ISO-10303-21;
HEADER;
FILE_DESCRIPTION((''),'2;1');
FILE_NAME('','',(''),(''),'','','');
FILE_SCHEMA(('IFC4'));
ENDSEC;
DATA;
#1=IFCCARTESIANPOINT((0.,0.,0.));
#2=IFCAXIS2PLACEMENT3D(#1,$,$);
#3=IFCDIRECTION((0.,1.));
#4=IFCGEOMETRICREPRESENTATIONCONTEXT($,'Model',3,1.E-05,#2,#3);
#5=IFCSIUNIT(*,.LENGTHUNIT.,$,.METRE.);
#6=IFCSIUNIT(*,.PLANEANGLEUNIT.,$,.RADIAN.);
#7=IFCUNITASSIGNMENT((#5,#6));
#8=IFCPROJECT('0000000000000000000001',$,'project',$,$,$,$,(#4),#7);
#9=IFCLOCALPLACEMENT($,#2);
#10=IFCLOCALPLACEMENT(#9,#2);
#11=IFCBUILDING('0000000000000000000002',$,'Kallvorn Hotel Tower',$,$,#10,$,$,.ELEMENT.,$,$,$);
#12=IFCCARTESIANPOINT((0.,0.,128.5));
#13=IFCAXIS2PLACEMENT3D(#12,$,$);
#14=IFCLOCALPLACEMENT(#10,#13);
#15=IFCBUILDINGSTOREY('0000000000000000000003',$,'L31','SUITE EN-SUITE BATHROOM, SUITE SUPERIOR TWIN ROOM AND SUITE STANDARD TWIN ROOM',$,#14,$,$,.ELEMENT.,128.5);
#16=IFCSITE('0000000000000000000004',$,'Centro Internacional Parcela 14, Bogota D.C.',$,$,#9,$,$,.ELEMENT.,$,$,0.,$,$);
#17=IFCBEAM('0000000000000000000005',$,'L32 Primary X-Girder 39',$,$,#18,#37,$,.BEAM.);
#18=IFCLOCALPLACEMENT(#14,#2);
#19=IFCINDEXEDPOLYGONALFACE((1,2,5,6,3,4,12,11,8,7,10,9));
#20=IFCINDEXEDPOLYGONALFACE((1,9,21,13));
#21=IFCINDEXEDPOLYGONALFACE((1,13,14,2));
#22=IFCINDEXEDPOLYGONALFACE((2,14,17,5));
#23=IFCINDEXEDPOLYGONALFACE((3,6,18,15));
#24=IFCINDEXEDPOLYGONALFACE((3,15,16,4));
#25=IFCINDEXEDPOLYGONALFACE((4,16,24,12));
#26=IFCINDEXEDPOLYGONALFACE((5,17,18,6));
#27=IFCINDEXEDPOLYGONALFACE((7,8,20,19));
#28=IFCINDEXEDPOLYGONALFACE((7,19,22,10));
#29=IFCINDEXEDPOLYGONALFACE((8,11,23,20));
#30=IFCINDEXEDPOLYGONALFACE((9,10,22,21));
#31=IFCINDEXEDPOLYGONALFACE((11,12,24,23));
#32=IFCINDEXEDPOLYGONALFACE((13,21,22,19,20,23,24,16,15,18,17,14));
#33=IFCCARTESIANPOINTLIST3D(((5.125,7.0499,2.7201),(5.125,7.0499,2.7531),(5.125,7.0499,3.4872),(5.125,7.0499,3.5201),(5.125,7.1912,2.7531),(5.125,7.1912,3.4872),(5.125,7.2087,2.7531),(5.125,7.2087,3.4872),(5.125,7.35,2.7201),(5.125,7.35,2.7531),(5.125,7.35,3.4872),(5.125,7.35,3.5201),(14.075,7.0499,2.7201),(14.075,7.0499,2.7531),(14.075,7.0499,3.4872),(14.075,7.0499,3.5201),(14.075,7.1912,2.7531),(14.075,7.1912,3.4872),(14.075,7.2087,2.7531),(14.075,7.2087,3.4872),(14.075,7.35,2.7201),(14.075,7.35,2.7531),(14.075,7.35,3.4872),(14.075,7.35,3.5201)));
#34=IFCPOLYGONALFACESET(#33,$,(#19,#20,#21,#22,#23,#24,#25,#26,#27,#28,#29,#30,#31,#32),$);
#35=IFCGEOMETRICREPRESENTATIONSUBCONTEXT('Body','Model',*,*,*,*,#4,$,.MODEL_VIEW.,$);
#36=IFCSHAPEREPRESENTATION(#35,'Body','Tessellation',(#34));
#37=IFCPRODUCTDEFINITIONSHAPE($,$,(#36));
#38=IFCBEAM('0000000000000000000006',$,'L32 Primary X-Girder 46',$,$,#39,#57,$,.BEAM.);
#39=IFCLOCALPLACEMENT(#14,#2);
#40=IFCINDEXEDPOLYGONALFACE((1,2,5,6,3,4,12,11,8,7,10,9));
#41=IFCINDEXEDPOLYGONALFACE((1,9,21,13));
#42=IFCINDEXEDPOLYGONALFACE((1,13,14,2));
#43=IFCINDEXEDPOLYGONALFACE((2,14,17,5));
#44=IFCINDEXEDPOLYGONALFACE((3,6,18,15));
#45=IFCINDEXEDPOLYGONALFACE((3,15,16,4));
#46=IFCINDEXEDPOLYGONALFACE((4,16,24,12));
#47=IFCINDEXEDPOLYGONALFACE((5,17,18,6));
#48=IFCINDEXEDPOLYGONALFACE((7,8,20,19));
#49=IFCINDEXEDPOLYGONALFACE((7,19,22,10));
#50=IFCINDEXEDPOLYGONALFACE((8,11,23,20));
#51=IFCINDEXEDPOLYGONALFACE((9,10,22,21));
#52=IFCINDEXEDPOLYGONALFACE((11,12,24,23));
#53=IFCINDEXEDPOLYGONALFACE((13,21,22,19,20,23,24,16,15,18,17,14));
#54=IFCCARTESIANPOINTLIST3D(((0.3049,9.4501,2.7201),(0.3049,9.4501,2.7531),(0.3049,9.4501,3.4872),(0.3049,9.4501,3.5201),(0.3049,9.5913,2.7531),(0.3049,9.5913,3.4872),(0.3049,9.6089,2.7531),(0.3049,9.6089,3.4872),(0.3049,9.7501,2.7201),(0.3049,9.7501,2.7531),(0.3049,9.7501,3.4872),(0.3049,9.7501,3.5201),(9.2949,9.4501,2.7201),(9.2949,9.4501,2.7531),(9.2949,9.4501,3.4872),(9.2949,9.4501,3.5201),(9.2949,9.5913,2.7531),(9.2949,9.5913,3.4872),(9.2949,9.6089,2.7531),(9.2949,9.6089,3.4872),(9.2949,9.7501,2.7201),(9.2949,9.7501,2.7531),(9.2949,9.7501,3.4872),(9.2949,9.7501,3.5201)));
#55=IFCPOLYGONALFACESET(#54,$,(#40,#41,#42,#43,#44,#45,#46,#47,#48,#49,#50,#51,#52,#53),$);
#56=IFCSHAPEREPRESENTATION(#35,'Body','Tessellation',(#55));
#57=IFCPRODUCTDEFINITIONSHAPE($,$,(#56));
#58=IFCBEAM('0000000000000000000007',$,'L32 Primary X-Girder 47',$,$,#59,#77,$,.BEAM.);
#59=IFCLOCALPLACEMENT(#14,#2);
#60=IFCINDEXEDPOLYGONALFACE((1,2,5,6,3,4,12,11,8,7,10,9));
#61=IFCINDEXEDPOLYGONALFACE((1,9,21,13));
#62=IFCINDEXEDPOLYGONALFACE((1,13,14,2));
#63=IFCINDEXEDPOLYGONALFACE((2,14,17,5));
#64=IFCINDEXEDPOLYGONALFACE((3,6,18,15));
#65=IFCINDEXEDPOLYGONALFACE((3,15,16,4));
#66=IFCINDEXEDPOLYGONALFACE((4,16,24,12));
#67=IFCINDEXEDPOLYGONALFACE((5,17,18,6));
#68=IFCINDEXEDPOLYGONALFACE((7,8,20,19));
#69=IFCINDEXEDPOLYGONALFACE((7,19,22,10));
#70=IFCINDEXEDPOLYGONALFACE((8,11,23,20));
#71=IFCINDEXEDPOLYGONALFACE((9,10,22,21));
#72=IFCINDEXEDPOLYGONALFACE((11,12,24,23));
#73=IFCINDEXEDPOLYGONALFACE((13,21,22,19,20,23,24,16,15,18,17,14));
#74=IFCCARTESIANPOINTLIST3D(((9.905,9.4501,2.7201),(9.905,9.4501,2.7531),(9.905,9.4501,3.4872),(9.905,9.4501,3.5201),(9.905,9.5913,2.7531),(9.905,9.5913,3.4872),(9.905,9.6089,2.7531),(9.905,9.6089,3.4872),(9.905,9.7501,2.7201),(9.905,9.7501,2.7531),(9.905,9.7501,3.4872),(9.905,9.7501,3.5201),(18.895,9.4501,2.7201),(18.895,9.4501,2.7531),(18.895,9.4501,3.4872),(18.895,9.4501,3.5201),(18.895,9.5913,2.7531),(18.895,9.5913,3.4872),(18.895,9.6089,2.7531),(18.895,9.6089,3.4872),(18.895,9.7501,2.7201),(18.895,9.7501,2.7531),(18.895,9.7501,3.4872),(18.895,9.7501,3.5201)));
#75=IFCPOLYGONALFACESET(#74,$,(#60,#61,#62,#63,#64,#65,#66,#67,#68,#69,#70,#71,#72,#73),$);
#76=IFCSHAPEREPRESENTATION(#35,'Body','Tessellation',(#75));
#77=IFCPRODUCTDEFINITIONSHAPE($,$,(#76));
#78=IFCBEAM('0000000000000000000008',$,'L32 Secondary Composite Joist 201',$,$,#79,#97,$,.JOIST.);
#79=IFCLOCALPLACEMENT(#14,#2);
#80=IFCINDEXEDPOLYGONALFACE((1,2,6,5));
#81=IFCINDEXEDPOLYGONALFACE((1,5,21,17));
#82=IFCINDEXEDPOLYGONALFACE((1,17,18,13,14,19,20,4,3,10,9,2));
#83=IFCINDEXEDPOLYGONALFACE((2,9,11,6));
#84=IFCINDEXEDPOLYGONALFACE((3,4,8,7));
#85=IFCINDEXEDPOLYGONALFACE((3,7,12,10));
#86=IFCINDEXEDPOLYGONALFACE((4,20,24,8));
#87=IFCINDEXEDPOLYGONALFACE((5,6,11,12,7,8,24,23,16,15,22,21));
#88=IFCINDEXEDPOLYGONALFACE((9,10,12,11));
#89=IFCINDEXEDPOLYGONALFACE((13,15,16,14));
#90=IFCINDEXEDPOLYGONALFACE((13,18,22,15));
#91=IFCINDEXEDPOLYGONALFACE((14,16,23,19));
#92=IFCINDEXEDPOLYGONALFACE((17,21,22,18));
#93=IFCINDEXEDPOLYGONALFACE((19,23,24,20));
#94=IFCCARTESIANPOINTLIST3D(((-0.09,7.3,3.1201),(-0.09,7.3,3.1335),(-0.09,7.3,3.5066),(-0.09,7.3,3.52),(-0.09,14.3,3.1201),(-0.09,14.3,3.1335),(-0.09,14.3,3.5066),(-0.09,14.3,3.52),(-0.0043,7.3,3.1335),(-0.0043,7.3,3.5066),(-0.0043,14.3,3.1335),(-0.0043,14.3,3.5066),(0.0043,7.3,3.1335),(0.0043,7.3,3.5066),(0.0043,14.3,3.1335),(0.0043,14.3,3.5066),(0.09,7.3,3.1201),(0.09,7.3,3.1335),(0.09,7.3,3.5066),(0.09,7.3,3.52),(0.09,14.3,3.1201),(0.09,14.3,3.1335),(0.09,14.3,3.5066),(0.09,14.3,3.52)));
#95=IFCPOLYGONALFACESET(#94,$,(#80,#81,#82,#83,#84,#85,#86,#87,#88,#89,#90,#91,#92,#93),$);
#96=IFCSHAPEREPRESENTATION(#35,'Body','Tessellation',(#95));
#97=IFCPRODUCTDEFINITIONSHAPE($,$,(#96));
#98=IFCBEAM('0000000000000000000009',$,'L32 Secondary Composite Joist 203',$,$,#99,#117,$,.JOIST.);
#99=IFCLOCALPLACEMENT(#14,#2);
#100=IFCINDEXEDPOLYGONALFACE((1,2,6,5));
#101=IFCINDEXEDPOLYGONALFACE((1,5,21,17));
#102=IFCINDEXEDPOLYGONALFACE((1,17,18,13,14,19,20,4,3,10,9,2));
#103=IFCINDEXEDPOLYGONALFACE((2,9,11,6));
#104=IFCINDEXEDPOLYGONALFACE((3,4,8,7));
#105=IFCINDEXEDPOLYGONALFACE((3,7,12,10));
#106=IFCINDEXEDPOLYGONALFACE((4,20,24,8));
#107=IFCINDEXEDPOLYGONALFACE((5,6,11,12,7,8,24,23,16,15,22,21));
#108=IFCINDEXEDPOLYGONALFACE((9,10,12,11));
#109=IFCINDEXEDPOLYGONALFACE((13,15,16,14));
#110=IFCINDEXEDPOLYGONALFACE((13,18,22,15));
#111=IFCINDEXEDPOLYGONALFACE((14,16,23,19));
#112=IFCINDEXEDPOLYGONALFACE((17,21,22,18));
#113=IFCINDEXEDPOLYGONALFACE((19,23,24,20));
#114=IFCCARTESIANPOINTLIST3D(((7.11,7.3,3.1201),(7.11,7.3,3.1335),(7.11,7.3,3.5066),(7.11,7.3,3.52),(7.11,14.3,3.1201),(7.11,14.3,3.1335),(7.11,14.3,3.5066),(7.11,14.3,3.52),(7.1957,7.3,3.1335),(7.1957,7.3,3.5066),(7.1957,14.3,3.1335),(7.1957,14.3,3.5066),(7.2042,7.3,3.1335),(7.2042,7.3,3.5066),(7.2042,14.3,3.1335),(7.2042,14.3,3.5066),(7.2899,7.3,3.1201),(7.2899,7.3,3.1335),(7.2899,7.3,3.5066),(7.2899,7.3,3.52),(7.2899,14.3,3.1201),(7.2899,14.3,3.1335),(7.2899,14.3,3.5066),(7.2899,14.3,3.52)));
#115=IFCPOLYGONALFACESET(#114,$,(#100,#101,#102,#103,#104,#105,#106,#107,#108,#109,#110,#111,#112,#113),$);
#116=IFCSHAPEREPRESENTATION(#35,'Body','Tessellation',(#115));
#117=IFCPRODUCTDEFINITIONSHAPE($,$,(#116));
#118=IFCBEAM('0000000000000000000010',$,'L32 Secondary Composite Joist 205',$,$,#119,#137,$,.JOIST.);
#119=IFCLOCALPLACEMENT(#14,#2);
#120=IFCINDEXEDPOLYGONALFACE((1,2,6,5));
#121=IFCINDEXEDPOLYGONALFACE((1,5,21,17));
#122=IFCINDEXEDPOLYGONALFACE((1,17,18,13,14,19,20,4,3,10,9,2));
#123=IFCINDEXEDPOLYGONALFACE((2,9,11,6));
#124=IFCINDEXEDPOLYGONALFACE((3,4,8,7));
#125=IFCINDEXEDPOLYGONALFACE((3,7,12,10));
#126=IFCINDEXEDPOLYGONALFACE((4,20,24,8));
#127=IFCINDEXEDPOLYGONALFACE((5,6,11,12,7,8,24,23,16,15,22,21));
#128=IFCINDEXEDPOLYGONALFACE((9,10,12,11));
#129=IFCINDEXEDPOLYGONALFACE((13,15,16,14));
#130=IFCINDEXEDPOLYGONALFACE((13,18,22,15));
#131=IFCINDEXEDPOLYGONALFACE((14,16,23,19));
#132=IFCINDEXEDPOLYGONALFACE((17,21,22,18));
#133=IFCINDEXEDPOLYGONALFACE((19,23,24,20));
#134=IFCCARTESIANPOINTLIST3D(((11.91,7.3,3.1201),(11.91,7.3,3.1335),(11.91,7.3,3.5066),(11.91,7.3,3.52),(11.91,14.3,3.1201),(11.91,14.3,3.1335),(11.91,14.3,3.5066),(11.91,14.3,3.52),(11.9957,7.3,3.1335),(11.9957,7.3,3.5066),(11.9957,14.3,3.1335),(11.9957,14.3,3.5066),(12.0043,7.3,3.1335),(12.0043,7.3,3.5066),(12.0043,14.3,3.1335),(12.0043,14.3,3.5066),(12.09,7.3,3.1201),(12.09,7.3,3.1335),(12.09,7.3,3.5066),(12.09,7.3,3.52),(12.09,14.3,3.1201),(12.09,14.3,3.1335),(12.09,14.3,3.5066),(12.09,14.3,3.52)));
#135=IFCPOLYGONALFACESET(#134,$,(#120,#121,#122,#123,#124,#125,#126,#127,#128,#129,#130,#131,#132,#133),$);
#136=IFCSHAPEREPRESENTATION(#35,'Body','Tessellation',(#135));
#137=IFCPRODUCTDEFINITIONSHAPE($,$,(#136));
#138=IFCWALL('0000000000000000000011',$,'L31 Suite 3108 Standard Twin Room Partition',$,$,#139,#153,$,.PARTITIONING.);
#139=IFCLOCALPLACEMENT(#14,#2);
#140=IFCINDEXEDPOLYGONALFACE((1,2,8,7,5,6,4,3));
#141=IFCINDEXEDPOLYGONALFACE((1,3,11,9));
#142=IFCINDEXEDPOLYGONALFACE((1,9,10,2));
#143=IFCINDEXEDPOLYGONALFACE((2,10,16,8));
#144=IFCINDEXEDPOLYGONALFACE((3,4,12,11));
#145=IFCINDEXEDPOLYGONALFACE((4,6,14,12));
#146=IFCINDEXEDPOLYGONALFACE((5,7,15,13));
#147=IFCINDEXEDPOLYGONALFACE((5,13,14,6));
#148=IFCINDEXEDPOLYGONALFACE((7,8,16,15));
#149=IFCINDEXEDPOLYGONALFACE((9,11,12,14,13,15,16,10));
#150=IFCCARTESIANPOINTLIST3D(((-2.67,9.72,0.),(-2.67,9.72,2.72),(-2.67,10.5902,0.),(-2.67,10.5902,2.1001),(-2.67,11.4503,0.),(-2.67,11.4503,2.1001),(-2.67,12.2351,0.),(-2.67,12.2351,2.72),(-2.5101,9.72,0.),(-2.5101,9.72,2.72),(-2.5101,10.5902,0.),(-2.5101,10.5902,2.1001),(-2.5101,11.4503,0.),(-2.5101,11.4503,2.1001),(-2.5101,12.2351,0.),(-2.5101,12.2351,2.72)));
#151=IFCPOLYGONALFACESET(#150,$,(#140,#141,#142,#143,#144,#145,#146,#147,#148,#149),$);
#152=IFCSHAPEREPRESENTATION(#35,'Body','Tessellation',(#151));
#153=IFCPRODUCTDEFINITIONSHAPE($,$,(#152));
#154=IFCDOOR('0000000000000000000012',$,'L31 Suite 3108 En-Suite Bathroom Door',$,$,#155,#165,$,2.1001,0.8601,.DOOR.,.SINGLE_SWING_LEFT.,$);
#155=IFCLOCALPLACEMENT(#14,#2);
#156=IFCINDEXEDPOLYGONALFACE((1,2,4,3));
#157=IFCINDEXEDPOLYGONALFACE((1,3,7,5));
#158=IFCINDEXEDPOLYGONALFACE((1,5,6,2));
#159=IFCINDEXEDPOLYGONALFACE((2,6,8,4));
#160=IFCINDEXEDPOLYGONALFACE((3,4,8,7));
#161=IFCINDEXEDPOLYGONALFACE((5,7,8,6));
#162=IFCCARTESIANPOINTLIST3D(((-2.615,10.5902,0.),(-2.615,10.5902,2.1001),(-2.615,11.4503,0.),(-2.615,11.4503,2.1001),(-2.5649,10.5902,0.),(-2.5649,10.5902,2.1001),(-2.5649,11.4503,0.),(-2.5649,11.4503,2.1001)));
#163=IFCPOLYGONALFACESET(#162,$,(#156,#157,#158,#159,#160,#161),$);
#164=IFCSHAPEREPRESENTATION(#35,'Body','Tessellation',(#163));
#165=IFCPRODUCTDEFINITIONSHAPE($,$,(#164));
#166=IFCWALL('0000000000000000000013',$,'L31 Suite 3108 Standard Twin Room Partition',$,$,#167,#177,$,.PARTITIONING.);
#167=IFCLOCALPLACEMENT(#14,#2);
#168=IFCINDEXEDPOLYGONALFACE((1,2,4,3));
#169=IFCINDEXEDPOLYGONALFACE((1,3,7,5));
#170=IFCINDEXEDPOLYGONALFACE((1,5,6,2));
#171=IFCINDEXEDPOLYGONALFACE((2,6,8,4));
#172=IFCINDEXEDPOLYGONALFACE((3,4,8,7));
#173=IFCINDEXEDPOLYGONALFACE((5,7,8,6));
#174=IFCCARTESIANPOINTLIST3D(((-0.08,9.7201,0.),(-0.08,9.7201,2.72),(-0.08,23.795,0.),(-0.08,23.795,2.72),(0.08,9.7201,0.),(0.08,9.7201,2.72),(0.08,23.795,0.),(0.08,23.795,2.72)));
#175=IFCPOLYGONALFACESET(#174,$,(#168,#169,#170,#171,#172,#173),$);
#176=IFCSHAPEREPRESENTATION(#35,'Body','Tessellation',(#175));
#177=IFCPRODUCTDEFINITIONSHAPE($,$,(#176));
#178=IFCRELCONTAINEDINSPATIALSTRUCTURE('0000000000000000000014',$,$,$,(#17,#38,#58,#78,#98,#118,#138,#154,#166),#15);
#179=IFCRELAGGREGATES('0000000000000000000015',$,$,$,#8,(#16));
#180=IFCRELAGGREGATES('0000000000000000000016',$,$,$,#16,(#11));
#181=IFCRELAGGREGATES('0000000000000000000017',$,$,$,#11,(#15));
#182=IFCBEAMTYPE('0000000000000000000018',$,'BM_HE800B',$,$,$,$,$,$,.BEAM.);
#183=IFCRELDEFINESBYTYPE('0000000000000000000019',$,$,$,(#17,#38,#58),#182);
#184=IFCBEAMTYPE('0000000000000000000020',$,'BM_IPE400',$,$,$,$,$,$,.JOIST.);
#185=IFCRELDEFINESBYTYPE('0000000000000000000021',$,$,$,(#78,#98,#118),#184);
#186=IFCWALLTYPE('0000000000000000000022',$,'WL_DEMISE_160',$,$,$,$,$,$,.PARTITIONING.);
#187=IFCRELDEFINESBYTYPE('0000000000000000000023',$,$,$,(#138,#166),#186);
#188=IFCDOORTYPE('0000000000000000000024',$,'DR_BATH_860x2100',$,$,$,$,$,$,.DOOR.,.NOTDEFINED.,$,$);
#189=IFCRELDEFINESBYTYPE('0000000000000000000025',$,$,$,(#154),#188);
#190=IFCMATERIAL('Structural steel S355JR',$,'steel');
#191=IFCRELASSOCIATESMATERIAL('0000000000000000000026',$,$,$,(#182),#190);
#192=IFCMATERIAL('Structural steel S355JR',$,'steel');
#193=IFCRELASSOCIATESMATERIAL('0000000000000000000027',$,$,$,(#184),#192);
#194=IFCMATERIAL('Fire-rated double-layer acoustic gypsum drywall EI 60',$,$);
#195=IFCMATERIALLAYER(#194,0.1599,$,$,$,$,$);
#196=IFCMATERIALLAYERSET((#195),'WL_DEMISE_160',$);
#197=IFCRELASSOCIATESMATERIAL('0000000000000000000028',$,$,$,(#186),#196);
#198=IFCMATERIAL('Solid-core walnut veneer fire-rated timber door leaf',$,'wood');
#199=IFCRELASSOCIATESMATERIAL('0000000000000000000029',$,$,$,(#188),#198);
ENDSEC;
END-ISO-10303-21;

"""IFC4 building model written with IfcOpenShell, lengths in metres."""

from ifc_helpers import new_model, si_unit, direction, frame, frame_2d, origin, origin_2d, place, context, subcontext, project, spatial, rectangle, i_section, extrude, material, layer, layer_set, material_profile, profile_set, type_object, element, fill, save


model = new_model("IFC4")

# Units and contexts
model_context = context("Model", 3, precision=1e-05, world=origin(), true_north=direction((0.0, 1.0)))
body_context = subcontext(model_context, "Body", "Model", "MODEL_VIEW")
ifc_project = project(units=[si_unit("LENGTHUNIT", "METRE"), si_unit("PLANEANGLEUNIT", "RADIAN")], contexts=[model_context])

# Site, building, storey
site_placement = place(None, origin())
site = spatial("IfcSite", under=ifc_project, at=site_placement, Name="Centro Internacional Parcela 14, Bogota D.C.", CompositionType="ELEMENT", RefElevation=0.0)
building_placement = place(site_placement, origin())
building = spatial("IfcBuilding", under=site, at=building_placement, Name="Kallvorn Hotel Tower", CompositionType="ELEMENT")
storey_placement = place(building_placement, frame((0.0, 0.0, 128.5)))
storey = spatial("IfcBuildingStorey", under=building, at=storey_placement, Name="L31", Description="SUITE EN-SUITE BATHROOM, SUITE SUPERIOR TWIN ROOM AND SUITE STANDARD TWIN ROOM", CompositionType="ELEMENT", Elevation=128.5)

# Beams
ifc_material_1 = material(Name="Structural steel S355JR", Category="steel")
ifc_material_profile_1 = material_profile(ifc_material_1, i_section(OverallWidth=0.3, OverallDepth=0.8, WebThickness=0.0176, FlangeThickness=0.033, at=origin_2d()), Name="HE 800 B")
ifc_profile_set_1 = profile_set([ifc_material_profile_1], Name="Structural steel S355JR")
beam_type_1 = type_object("IfcBeamType", Name="BM_HE800B", PredefinedType="BEAM", material=ifc_profile_set_1)
beam_1_placement = place(storey_placement, frame((5.125, 7.2, 3.1201), z_axis=(1.0, 0.0, 0.0), x_axis=(0.0, 1.0, 0.0)))
element("IfcBeam", 1, at=beam_1_placement, inside=storey, type_object=beam_type_1, Name="L32 Primary X-Girder 39", PredefinedType="BEAM", context=body_context, shape_type="SweptSolid", body=[
    extrude(i_section(OverallWidth=0.3, OverallDepth=0.8, WebThickness=0.0176, FlangeThickness=0.033, at=origin_2d()), origin(), (0.0, 0.0, 1.0), 8.95),
])
for number, where, z_axis, x_axis, name in (
    (2, (0.3049, 9.6001, 3.1201), (1.0, 0.0, 0.0), (0.0, 1.0, 0.0), "L32 Primary X-Girder 46"),
    (3, (9.905, 9.6001, 3.1201), (1.0, 0.0, 0.0), (0.0, 1.0, 0.0), "L32 Primary X-Girder 47"),
):
    element("IfcBeam", number, at=place(storey_placement, frame(where, z_axis=z_axis, x_axis=x_axis)), inside=storey, type_object=beam_type_1, Name=name, PredefinedType="BEAM", context=body_context, shape_type="SweptSolid", body=[
        extrude(i_section(OverallWidth=0.3, OverallDepth=0.8, WebThickness=0.0176, FlangeThickness=0.033, at=origin_2d()), origin(), (0.0, 0.0, 1.0), 8.99),
    ])
ifc_material_2 = material(Name="Structural steel S355JR", Category="steel")
ifc_material_profile_2 = material_profile(ifc_material_2, i_section(OverallWidth=0.1799, OverallDepth=0.3999, WebThickness=0.0085, FlangeThickness=0.0134, at=origin_2d()), Name="IPE 400")
ifc_profile_set_2 = profile_set([ifc_material_profile_2], Name="Structural steel S355JR")
beam_type_2 = type_object("IfcBeamType", Name="BM_IPE400", PredefinedType="JOIST", material=ifc_profile_set_2)
for number, where, z_axis, x_axis, name in (
    (4, (0.0, 7.3, 3.3201), (0.0, 1.0, 0.0), (-1.0, 0.0, 0.0), "L32 Secondary Composite Joist 201"),
    (5, (7.2, 7.3, 3.3201), (0.0, 1.0, 0.0), (-1.0, 0.0, 0.0), "L32 Secondary Composite Joist 203"),
    (6, (12.0, 7.3, 3.3201), (0.0, 1.0, 0.0), (-1.0, 0.0, 0.0), "L32 Secondary Composite Joist 205"),
):
    element("IfcBeam", number, at=place(storey_placement, frame(where, z_axis=z_axis, x_axis=x_axis)), inside=storey, type_object=beam_type_2, Name=name, PredefinedType="JOIST", context=body_context, shape_type="SweptSolid", body=[
        extrude(i_section(OverallWidth=0.1799, OverallDepth=0.3999, WebThickness=0.0085, FlangeThickness=0.0134, at=origin_2d()), origin(), (0.0, 0.0, 1.0), 7.0),
    ])

# Wall, opening, door
ifc_material_3 = material(Name="Fire-rated double-layer acoustic gypsum drywall EI 60")
ifc_layer_1 = layer(ifc_material_3, 0.1599)
ifc_layer_set_1 = layer_set([ifc_layer_1], Name="WL_DEMISE_160")
wall_type_1 = type_object("IfcWallType", Name="WL_DEMISE_160", PredefinedType="PARTITIONING", material=ifc_layer_set_1)
wall_1_placement = place(storey_placement, frame((-2.5901, 9.72, 0.0), z_axis=(0.0, 0.0, 1.0), x_axis=(0.0, 1.0, 0.0)))
wall_1 = element("IfcWall", 7, at=wall_1_placement, inside=storey, type_object=wall_type_1, Name="L31 Suite 3108 Standard Twin Room Partition", PredefinedType="PARTITIONING", context=body_context, shape_type="SweptSolid", body=[
    extrude(rectangle(XDim=2.5151, YDim=0.1599, at=frame_2d((1.2576, 0.0))), origin(), (0.0, 0.0, 1.0), 2.72),
])
opening_1_placement = place(wall_1_placement, frame((0.8701, 0.0, 0.0)))
opening_1 = element("IfcOpeningElement", 8, at=opening_1_placement, cuts=wall_1, PredefinedType="OPENING", context=body_context, shape_type="SweptSolid", body=[
    extrude(rectangle(XDim=0.8601, YDim=2.1001, at=frame_2d((0.4302, 1.05))), frame((0.0, 0.095, 0.0), z_axis=(0.0, -1.0, 0.0), x_axis=(1.0, 0.0, 0.0)), (0.0, 0.0, 1.0), 0.1899),
])
ifc_material_4 = material(Name="Solid-core walnut veneer fire-rated timber door leaf", Category="wood")
door_type_1 = type_object("IfcDoorType", Name="DR_BATH_860x2100", OperationType="NOTDEFINED", PredefinedType="DOOR", material=ifc_material_4)
door_1_placement = place(opening_1_placement, origin())
door_1 = element("IfcDoor", 9, at=door_1_placement, inside=storey, type_object=door_type_1, Name="L31 Suite 3108 En-Suite Bathroom Door", OperationType="SINGLE_SWING_LEFT", OverallHeight=2.1001, OverallWidth=0.8601, PredefinedType="DOOR", context=body_context, shape_type="SweptSolid", body=[
    extrude(rectangle(XDim=0.8601, YDim=2.1001, at=frame_2d((0.4302, 1.05))), frame((0.0, 0.0249, 0.0), z_axis=(0.0, -1.0, 0.0), x_axis=(1.0, 0.0, 0.0)), (0.0, 0.0, 1.0), 0.05),
])
fill(opening_1, door_1)

# Wall
wall_2_placement = place(storey_placement, frame((0.0, 9.72, 0.0), z_axis=(0.0, 0.0, 1.0), x_axis=(0.0, 1.0, 0.0)))
element("IfcWall", 10, at=wall_2_placement, inside=storey, type_object=wall_type_1, Name="L31 Suite 3108 Standard Twin Room Partition", PredefinedType="PARTITIONING", context=body_context, shape_type="SweptSolid", body=[
    extrude(rectangle(XDim=14.075, YDim=0.1599, at=frame_2d((7.0376, 0.0))), origin(), (0.0, 0.0, 1.0), 2.72),
])

save(model, "model.ifc")
